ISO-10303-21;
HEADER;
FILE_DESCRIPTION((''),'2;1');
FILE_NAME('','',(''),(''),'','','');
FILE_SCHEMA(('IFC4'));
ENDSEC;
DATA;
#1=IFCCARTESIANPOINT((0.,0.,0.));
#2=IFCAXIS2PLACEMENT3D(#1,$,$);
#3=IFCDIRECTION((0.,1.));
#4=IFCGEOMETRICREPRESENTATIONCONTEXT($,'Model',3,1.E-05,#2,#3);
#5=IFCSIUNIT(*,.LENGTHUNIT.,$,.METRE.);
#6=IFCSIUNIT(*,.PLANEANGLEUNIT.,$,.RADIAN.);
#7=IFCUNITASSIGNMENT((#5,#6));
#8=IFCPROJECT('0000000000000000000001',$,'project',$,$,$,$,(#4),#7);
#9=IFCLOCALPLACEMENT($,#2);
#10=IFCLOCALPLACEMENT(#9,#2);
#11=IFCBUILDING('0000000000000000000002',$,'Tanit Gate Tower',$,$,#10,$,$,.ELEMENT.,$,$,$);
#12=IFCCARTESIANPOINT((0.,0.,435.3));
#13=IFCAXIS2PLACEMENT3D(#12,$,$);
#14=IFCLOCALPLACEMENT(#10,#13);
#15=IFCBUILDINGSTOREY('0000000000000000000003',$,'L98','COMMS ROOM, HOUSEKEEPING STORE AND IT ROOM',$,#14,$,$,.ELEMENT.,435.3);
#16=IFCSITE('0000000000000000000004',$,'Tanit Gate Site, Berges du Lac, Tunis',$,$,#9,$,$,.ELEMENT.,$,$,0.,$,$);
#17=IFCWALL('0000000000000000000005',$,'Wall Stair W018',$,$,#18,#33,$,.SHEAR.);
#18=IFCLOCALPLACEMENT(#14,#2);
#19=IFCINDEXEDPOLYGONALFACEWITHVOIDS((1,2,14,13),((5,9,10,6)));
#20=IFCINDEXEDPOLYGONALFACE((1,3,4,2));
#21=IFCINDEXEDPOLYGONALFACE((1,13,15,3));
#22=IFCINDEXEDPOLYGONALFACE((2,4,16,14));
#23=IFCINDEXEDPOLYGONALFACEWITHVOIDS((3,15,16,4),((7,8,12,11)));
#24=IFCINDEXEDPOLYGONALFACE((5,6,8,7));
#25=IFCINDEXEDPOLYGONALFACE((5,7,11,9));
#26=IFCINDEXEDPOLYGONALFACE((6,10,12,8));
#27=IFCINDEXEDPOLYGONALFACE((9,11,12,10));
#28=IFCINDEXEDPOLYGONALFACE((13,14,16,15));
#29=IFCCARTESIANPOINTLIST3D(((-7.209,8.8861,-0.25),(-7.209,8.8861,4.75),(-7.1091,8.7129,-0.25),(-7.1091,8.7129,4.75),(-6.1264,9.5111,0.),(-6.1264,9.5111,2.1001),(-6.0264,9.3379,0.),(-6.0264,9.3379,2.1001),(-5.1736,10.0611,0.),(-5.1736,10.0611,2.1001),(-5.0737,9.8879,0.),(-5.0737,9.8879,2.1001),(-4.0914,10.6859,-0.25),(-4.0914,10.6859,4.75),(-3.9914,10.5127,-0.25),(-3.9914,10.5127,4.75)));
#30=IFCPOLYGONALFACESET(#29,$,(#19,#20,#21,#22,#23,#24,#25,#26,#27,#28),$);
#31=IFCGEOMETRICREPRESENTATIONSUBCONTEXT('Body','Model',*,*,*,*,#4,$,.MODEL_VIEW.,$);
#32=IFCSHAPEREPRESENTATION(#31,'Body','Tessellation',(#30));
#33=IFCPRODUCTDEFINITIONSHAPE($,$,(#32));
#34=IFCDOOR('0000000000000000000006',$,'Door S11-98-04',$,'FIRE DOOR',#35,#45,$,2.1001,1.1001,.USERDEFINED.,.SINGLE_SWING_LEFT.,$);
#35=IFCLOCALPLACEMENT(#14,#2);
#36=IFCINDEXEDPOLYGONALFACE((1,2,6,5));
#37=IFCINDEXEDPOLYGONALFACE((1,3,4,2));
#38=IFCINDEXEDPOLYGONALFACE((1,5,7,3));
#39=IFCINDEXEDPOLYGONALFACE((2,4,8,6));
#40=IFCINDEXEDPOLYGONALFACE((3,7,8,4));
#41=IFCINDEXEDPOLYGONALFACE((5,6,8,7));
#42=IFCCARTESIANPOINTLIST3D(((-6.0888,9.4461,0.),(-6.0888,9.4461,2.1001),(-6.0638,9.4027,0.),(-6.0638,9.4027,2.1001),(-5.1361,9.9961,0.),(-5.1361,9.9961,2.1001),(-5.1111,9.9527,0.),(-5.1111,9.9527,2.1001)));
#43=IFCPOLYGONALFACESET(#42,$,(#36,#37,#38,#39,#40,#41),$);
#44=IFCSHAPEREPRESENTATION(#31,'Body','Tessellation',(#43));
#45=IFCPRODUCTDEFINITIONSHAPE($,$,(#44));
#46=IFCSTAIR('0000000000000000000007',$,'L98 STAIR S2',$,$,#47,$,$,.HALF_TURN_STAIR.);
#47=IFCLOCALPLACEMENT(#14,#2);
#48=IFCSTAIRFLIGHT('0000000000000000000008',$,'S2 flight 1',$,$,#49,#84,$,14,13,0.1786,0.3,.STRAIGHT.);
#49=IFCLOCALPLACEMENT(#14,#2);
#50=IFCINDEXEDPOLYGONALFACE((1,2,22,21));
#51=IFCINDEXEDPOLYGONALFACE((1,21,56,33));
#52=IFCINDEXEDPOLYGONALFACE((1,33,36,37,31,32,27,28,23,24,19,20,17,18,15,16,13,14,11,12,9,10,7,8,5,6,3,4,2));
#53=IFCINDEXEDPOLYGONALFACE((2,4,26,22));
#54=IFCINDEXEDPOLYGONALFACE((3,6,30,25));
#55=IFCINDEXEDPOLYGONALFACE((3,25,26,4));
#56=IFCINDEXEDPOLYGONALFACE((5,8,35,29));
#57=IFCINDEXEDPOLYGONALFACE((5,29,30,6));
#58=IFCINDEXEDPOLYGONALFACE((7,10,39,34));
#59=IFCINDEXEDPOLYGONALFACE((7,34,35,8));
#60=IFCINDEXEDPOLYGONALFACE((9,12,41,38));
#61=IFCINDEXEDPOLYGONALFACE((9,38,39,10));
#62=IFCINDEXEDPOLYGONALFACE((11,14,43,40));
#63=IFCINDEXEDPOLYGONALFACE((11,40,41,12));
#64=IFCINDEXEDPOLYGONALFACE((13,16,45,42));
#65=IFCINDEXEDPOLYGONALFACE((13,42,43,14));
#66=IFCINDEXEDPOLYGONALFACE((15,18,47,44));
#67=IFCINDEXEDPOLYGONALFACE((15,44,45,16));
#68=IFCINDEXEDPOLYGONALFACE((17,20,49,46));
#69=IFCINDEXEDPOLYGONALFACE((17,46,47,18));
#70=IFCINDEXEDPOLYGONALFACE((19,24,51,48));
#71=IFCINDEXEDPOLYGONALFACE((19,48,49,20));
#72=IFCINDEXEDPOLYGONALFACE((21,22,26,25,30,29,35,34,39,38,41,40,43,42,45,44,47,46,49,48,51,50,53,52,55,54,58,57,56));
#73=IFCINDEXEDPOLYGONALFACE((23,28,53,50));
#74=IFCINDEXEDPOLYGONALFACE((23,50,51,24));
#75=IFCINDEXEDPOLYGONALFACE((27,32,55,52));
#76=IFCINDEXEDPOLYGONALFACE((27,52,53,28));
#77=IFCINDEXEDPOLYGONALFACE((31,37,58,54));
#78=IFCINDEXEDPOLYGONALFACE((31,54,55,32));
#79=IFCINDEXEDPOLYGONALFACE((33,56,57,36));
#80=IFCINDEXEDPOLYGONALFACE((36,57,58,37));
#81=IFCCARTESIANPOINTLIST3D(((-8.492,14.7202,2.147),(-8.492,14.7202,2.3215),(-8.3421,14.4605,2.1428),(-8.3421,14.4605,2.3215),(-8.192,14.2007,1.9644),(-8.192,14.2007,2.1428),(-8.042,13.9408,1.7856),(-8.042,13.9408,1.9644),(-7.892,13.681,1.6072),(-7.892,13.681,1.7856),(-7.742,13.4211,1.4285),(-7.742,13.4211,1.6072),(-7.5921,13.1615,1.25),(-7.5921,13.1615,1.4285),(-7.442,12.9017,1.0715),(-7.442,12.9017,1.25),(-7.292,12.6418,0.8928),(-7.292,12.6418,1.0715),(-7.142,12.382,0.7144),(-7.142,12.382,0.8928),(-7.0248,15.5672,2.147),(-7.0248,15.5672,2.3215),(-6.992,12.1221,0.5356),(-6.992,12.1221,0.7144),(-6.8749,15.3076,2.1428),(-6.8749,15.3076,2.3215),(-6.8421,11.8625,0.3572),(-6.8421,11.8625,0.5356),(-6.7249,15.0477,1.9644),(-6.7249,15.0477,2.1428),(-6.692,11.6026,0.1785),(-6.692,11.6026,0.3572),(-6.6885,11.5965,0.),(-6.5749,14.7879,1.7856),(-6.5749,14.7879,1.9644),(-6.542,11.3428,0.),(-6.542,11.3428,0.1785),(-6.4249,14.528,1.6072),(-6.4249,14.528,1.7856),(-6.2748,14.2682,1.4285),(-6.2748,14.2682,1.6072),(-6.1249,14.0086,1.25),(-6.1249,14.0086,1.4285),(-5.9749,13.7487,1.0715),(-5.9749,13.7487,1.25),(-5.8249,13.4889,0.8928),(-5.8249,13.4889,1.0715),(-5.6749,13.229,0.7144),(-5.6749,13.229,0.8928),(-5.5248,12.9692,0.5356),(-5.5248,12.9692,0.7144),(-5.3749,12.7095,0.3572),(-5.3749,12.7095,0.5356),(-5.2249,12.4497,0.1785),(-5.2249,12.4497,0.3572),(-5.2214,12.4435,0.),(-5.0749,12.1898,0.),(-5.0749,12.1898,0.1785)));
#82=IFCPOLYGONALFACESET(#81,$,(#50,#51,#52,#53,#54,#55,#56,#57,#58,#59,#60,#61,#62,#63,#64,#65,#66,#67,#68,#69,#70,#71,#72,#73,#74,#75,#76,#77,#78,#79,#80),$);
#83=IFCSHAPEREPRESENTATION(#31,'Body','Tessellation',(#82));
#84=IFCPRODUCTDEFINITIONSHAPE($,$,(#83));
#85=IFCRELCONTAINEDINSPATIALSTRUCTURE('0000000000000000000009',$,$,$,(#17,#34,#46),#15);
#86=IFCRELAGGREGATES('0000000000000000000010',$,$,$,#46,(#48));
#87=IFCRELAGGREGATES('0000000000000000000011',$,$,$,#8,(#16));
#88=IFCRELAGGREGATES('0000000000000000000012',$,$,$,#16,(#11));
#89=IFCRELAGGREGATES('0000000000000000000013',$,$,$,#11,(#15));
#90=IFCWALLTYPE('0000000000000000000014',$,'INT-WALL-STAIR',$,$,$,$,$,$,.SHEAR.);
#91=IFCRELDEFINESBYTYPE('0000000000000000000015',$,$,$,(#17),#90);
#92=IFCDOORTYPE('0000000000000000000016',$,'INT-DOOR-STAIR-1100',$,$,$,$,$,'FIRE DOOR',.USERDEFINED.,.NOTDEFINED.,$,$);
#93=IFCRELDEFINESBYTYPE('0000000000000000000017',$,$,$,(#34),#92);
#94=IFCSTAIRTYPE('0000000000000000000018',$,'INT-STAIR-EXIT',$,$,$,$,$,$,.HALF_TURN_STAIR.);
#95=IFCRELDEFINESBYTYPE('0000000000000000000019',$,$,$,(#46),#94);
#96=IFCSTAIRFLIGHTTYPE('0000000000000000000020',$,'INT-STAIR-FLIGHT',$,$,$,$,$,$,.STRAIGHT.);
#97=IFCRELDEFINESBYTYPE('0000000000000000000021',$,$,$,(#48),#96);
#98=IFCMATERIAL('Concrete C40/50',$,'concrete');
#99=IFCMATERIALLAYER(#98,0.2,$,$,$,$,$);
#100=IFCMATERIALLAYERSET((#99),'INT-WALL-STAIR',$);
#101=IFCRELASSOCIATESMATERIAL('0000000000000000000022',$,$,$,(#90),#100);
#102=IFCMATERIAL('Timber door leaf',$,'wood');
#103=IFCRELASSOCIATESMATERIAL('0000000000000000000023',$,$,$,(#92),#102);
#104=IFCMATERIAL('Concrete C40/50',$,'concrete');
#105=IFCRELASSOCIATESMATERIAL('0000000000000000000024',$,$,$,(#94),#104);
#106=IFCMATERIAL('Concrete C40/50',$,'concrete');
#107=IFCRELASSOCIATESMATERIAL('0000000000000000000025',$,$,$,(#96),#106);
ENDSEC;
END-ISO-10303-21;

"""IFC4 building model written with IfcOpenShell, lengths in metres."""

from ifc_helpers import new_model, si_unit, direction, frame, frame_2d, origin, place, context, subcontext, project, spatial, polyline, rectangle, outline, extrude, material, layer, layer_set, type_object, element, fill, aggregate, save


model = new_model("IFC4")

# Units and contexts
model_context = context("Model", 3, precision=1e-05, world=origin(), true_north=direction((0.0, 1.0)))
body_context = subcontext(model_context, "Body", "Model", "MODEL_VIEW")
ifc_project = project(units=[si_unit("LENGTHUNIT", "METRE"), si_unit("PLANEANGLEUNIT", "RADIAN")], contexts=[model_context])

# Site, building, storey
site_placement = place(None, origin())
site = spatial("IfcSite", under=ifc_project, at=site_placement, Name="Tanit Gate Site, Berges du Lac, Tunis", CompositionType="ELEMENT", RefElevation=0.0)
building_placement = place(site_placement, origin())
building = spatial("IfcBuilding", under=site, at=building_placement, Name="Tanit Gate Tower", CompositionType="ELEMENT")
storey_placement = place(building_placement, frame((0.0, 0.0, 435.3)))
storey = spatial("IfcBuildingStorey", under=building, at=storey_placement, Name="L98", Description="COMMS ROOM, HOUSEKEEPING STORE AND IT ROOM", CompositionType="ELEMENT", Elevation=435.3)

# Wall, opening, door
ifc_material_1 = material(Name="Concrete C40/50", Category="concrete")
ifc_layer_1 = layer(ifc_material_1, 0.2)
ifc_layer_set_1 = layer_set([ifc_layer_1], Name="INT-WALL-STAIR")
wall_type_1 = type_object("IfcWallType", Name="INT-WALL-STAIR", PredefinedType="SHEAR", material=ifc_layer_set_1)
wall_1_placement = place(storey_placement, frame((-7.1589, 8.7996, -0.25), z_axis=(0.0, 0.0, 1.0), x_axis=(0.866048, 0.499961, 0.0)))
wall_1 = element("IfcWall", 1, at=wall_1_placement, inside=storey, type_object=wall_type_1, Name="Wall Stair W018", PredefinedType="SHEAR", context=body_context, shape_type="SweptSolid", body=[
    extrude(rectangle(XDim=3.5999, YDim=0.2, at=frame_2d((1.7998, 0.0))), origin(), (0.0, 0.0, 1.0), 5.0),
])
opening_1_placement = place(wall_1_placement, frame((1.25, 0.0, 0.25)))
opening_1 = element("IfcOpeningElement", 2, at=opening_1_placement, cuts=wall_1, PredefinedType="OPENING", context=body_context, shape_type="SweptSolid", body=[
    extrude(rectangle(XDim=1.1001, YDim=2.1001, at=frame_2d((0.55, 1.05))), frame((0.0, 0.1099, 0.0), z_axis=(0.0, -1.0, 0.0), x_axis=(1.0, 0.0, 0.0)), (0.0, 0.0, 1.0), 0.22),
])
ifc_material_2 = material(Name="Timber door leaf", Category="wood")
door_type_1 = type_object("IfcDoorType", Name="INT-DOOR-STAIR-1100", ElementType="FIRE DOOR", OperationType="NOTDEFINED", PredefinedType="USERDEFINED", material=ifc_material_2)
door_1_placement = place(opening_1_placement, origin())
door_1 = element("IfcDoor", 3, at=door_1_placement, inside=storey, type_object=door_type_1, Name="Door S11-98-04", ObjectType="FIRE DOOR", OperationType="SINGLE_SWING_LEFT", OverallHeight=2.1001, OverallWidth=1.1001, PredefinedType="USERDEFINED", context=body_context, shape_type="SweptSolid", body=[
    extrude(rectangle(XDim=1.1001, YDim=2.1001, at=frame_2d((0.55, 1.05))), frame((0.0, 0.0249, 0.0), z_axis=(0.0, -1.0, 0.0), x_axis=(1.0, 0.0, 0.0)), (0.0, 0.0, 1.0), 0.05),
])
fill(opening_1, door_1)

# Stair, stair flight
ifc_material_3 = material(Name="Concrete C40/50", Category="concrete")
stair_type = type_object("IfcStairType", Name="INT-STAIR-EXIT", PredefinedType="HALF_TURN_STAIR", material=ifc_material_3)
stair_placement = place(storey_placement, origin())
stair = element("IfcStair", 4, at=stair_placement, inside=storey, type_object=stair_type, Name="L98 STAIR S2", PredefinedType="HALF_TURN_STAIR")
ifc_material_4 = material(Name="Concrete C40/50", Category="concrete")
stair_flight_type = type_object("IfcStairFlightType", Name="INT-STAIR-FLIGHT", PredefinedType="STRAIGHT", material=ifc_material_4)
stair_flight_placement = place(storey_placement, frame((-5.8083, 11.7664, 0.0), z_axis=(0.0, 0.0, 1.0), x_axis=(-0.5, 0.866025, 0.0)))
stair_flight = element("IfcStairFlight", 5, at=stair_flight_placement, type_object=stair_flight_type, Name="S2 flight 1", NumberOfRisers=14, NumberOfTreads=13, PredefinedType="STRAIGHT", RiserHeight=0.1786, TreadLength=0.3, context=body_context, shape_type="SweptSolid", body=[
    extrude(outline(polyline([(0.0, 0.0), (0.0, 0.1785), (0.3, 0.1785), (0.3, 0.3572), (0.6001, 0.3572), (0.6001, 0.5356), (0.8999, 0.5356), (0.8999, 0.7144), (1.2, 0.7144), (1.2, 0.8928), (1.5, 0.8928), (1.5, 1.0715), (1.8, 1.0715), (1.8, 1.25), (2.1001, 1.25), (2.1001, 1.4285), (2.3999, 1.4285), (2.3999, 1.6072), (2.7, 1.6072), (2.7, 1.7856), (3.0, 1.7856), (3.0, 1.9644), (3.3, 1.9644), (3.3, 2.1428), (3.6001, 2.1428), (3.6001, 2.3215), (3.8999, 2.3215), (3.8999, 2.5), (3.8999, 2.147), (0.293, 0.0), (0.0, 0.0)])), frame((0.0, 0.8472, 0.0), z_axis=(0.0, -1.0, 0.0), x_axis=(1.0, 0.0, 0.0)), (0.0, 0.0, 1.0), 1.6941),
])
aggregate(stair, [stair_flight])

save(model, "model.ifc")
